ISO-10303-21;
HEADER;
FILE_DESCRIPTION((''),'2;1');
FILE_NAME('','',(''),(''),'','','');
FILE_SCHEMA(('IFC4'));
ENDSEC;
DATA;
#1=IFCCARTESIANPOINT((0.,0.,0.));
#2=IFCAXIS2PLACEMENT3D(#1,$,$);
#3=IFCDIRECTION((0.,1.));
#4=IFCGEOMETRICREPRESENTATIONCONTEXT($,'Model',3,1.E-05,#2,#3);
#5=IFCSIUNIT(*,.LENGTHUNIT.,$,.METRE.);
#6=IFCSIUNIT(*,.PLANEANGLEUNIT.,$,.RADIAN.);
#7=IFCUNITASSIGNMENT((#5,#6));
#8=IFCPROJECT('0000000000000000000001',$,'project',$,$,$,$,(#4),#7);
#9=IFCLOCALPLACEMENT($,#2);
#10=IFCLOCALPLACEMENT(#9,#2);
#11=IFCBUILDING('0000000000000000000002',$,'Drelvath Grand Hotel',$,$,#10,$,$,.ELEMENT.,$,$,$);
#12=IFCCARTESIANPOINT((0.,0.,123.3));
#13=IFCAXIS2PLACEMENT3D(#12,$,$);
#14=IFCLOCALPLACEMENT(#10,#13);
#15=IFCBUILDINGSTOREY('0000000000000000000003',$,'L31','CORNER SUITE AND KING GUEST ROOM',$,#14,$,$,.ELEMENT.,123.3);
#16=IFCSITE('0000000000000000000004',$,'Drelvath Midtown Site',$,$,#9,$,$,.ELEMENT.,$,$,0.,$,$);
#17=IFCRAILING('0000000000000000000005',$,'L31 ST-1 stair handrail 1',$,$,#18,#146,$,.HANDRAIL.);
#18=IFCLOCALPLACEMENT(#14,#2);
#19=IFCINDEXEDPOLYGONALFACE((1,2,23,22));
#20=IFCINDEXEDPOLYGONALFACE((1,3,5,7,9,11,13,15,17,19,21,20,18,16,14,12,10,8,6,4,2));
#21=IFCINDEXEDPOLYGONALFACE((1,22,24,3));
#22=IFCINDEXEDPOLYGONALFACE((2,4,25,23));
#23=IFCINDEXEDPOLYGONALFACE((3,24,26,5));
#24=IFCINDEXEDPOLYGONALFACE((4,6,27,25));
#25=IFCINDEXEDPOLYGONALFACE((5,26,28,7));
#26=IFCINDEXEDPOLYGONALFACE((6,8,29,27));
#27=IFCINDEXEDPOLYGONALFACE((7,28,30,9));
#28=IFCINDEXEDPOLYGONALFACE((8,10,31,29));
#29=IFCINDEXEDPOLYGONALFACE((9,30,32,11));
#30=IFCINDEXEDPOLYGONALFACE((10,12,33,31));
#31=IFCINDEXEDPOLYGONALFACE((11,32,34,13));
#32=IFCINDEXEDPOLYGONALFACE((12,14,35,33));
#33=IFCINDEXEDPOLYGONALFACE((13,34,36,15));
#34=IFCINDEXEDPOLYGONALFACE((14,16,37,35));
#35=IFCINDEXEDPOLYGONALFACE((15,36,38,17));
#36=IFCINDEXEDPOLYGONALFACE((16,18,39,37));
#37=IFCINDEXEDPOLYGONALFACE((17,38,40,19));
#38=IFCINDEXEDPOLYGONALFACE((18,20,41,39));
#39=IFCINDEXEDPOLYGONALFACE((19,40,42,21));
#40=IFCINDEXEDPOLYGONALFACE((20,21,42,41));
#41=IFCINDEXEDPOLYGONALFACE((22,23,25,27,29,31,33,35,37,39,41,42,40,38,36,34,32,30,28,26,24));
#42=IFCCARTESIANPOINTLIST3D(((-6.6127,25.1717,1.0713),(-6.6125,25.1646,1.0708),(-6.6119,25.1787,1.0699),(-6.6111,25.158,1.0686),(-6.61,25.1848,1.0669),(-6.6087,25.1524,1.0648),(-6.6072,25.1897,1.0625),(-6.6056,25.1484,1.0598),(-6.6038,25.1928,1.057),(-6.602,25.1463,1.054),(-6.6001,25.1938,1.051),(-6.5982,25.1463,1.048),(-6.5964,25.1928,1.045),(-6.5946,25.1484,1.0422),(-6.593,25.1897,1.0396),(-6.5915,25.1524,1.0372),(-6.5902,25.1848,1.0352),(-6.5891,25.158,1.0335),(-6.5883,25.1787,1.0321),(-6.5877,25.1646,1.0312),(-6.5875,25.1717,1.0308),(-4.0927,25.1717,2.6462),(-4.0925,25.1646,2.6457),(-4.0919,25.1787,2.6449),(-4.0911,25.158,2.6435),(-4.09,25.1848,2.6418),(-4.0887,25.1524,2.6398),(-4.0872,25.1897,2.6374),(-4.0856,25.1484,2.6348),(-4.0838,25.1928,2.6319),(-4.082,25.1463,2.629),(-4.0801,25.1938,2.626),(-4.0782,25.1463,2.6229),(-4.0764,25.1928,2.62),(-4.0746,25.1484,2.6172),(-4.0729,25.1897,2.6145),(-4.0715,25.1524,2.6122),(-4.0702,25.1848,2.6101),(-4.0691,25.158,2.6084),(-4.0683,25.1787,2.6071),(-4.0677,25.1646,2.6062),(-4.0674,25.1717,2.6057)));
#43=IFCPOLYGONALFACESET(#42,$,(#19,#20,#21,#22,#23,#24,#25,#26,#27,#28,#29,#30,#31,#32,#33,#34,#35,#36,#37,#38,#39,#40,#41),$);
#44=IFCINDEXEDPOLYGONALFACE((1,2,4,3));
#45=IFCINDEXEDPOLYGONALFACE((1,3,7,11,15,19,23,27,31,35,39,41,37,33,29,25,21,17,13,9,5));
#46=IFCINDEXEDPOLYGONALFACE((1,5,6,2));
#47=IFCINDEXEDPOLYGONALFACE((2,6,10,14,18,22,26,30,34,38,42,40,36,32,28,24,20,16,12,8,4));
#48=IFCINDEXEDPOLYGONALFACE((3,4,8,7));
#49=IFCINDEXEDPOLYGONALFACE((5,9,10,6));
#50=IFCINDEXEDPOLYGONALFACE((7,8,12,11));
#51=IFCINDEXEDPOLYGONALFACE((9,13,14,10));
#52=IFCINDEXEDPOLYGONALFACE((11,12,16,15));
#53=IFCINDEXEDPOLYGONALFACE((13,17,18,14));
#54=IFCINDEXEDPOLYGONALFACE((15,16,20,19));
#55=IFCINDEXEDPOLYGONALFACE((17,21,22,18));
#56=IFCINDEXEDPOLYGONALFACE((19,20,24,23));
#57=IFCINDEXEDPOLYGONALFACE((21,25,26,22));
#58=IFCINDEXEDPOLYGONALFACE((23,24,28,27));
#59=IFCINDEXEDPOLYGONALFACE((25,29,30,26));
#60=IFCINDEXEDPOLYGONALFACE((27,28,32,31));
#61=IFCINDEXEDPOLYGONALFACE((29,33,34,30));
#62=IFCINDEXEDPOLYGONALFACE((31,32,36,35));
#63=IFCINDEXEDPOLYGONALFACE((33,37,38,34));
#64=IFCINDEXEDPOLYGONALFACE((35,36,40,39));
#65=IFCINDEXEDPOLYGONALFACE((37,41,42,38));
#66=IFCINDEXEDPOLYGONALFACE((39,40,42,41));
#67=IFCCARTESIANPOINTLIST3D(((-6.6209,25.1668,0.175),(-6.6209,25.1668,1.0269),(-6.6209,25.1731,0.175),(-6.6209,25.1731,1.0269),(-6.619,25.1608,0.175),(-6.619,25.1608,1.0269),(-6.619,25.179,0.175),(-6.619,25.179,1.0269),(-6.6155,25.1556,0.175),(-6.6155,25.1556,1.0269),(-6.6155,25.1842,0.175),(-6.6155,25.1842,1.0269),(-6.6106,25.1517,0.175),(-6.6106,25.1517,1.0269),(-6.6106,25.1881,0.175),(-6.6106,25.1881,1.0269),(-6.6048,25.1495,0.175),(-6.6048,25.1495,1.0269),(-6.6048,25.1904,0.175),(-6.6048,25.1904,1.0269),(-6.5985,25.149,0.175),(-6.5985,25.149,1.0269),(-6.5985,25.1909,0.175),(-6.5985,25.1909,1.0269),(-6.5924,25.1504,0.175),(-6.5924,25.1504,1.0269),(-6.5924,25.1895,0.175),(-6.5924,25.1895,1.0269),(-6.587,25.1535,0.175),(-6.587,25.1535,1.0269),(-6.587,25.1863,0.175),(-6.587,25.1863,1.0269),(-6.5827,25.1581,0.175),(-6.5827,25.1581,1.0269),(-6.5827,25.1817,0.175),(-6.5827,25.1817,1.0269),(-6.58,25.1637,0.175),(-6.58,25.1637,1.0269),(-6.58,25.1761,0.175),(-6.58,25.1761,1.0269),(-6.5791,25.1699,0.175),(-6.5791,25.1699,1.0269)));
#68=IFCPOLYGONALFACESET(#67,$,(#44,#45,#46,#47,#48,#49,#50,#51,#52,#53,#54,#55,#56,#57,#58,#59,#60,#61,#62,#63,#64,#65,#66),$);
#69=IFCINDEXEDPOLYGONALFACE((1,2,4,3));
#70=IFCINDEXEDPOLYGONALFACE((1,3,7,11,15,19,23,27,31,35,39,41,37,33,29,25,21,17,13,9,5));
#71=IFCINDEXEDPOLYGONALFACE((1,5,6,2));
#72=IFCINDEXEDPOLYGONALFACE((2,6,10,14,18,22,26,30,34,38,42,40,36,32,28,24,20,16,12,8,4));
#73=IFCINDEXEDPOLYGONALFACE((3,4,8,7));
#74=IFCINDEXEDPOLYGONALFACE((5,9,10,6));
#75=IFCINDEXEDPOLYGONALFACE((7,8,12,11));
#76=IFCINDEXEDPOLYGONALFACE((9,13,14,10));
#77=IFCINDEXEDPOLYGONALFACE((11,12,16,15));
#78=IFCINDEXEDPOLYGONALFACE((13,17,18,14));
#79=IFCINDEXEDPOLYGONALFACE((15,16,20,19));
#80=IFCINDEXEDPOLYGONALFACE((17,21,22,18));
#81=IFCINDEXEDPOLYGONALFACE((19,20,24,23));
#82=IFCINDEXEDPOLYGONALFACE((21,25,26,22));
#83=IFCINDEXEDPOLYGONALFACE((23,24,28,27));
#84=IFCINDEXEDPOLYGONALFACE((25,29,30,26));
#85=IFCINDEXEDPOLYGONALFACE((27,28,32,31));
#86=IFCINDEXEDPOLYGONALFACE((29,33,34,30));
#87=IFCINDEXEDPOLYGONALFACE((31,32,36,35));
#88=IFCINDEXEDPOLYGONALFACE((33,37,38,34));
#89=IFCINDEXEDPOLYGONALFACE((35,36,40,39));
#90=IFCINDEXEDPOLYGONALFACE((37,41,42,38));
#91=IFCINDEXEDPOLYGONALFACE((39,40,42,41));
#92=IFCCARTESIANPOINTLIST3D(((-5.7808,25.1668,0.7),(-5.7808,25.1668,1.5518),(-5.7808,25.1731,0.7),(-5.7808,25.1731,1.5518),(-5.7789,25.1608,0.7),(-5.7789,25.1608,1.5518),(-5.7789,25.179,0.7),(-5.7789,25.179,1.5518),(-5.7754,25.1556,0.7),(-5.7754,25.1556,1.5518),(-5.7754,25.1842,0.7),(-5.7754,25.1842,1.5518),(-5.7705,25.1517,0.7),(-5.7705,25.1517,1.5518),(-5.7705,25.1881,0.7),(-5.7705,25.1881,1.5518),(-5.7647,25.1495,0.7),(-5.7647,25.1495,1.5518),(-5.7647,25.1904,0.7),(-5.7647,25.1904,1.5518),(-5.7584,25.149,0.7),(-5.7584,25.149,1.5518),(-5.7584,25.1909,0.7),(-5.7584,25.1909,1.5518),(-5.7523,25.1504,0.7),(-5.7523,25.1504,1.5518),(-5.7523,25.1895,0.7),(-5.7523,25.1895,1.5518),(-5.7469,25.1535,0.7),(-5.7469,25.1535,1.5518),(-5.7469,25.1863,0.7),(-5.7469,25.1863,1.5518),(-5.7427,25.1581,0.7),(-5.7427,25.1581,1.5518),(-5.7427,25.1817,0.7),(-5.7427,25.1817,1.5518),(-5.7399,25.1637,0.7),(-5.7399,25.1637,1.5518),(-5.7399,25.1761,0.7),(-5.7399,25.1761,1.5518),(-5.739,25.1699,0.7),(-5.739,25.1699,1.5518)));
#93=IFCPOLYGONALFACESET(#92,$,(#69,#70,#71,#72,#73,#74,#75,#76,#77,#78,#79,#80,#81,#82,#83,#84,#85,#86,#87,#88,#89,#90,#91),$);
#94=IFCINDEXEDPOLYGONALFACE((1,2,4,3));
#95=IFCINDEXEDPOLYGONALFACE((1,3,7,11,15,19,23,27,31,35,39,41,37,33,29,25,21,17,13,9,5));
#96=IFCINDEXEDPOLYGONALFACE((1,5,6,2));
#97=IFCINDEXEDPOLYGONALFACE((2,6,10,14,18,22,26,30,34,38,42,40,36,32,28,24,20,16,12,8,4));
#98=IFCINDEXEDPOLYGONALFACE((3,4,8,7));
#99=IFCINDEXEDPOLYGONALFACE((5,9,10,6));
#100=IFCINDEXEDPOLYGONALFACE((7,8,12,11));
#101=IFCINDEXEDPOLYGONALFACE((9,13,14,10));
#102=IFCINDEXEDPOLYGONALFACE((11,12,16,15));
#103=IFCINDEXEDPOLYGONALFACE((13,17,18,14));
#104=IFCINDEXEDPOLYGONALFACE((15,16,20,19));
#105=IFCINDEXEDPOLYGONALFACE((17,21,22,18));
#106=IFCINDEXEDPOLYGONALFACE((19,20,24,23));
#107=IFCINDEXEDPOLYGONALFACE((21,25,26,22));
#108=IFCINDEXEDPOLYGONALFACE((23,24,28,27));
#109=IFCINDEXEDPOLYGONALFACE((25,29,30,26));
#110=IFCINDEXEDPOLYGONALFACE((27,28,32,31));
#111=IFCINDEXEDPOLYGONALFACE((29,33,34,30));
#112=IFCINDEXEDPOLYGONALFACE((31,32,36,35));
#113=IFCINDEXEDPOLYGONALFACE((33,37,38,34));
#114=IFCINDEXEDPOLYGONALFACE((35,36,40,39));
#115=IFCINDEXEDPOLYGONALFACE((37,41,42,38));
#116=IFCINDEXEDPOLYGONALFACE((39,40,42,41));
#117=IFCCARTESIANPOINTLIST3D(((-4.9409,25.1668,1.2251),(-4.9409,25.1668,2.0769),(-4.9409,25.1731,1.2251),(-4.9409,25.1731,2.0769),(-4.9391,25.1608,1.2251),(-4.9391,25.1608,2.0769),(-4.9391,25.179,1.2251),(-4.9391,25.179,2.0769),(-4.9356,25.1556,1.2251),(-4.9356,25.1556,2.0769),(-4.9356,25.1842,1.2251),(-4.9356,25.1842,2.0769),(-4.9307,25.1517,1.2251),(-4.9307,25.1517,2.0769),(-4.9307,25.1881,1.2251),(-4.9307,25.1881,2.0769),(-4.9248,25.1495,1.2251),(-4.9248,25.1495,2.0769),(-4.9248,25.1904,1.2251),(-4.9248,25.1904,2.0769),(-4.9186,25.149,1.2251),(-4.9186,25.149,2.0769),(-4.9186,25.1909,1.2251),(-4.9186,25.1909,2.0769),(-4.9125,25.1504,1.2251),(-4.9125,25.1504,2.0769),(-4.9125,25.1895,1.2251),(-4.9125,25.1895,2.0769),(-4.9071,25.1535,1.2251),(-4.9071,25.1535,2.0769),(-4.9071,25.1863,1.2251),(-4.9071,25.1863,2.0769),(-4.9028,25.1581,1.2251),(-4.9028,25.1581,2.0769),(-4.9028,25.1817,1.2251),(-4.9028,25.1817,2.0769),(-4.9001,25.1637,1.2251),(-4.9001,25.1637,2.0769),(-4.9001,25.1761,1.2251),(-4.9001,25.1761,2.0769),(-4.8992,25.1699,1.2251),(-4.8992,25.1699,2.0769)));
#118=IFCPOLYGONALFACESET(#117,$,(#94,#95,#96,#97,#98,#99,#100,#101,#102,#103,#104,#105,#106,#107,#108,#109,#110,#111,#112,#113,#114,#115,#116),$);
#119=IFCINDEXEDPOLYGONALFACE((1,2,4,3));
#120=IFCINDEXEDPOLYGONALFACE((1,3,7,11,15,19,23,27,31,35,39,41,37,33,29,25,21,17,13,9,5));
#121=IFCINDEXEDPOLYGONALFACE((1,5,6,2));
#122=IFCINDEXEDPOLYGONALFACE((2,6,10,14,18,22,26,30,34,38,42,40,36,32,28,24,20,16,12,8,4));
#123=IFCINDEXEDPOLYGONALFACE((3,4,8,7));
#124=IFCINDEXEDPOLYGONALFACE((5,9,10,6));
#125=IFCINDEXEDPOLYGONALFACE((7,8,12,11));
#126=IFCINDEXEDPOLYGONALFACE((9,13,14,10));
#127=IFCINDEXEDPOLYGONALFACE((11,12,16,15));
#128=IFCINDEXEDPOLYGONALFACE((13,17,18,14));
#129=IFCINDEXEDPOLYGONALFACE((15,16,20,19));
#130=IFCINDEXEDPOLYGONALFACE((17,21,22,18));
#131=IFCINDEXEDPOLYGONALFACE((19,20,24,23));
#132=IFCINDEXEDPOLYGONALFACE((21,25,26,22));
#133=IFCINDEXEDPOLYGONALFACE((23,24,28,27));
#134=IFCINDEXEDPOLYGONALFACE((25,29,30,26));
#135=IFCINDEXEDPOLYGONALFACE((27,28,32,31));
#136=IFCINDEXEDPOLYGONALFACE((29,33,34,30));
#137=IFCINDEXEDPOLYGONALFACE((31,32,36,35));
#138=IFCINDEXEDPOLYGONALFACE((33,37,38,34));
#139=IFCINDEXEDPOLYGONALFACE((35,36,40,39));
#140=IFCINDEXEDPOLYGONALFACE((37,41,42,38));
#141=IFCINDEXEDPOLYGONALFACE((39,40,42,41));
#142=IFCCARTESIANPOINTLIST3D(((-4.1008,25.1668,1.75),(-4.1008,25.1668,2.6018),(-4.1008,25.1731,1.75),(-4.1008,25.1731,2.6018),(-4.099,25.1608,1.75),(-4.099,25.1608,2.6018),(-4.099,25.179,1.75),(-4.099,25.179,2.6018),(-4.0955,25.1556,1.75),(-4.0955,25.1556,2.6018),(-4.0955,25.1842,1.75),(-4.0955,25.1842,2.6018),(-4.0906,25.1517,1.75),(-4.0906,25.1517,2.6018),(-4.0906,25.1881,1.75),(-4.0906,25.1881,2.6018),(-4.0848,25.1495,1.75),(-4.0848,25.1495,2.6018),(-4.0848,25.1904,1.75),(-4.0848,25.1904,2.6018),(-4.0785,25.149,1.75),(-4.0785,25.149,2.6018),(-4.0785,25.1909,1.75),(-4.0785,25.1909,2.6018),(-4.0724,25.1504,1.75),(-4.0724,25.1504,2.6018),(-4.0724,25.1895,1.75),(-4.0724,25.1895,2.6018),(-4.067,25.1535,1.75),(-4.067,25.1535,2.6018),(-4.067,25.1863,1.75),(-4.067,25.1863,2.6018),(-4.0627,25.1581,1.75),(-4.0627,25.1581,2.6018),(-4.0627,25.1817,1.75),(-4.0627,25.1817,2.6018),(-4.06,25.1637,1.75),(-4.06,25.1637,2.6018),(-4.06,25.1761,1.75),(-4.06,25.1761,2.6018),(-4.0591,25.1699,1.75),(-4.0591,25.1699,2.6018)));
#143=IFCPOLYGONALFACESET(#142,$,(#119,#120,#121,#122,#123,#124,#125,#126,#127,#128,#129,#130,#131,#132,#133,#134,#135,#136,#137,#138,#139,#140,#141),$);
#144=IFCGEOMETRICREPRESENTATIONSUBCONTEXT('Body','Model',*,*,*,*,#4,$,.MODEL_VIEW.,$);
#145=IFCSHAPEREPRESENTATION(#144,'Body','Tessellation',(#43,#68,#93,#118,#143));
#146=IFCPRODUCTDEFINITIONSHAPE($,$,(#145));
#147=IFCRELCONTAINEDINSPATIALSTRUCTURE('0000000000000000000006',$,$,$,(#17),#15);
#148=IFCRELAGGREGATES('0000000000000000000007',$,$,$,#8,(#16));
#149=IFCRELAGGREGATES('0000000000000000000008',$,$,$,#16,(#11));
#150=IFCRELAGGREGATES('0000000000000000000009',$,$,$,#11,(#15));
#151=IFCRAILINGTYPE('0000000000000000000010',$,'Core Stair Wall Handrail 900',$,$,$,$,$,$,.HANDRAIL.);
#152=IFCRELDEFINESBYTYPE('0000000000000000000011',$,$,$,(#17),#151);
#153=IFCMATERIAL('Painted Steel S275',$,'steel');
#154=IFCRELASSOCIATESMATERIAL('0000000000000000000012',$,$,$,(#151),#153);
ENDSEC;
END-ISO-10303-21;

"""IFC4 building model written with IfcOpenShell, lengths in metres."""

from ifc_helpers import new_model, si_unit, direction, frame, origin, origin_2d, place, context, subcontext, project, spatial, circle, extrude, material, type_object, element, save


model = new_model("IFC4")

# Units and contexts
model_context = context("Model", 3, precision=1e-05, world=origin(), true_north=direction((0.0, 1.0)))
body_context = subcontext(model_context, "Body", "Model", "MODEL_VIEW")
ifc_project = project(units=[si_unit("LENGTHUNIT", "METRE"), si_unit("PLANEANGLEUNIT", "RADIAN")], contexts=[model_context])

# Site, building, storey
site_placement = place(None, origin())
site = spatial("IfcSite", under=ifc_project, at=site_placement, Name="Drelvath Midtown Site", CompositionType="ELEMENT", RefElevation=0.0)
building_placement = place(site_placement, origin())
building = spatial("IfcBuilding", under=site, at=building_placement, Name="Drelvath Grand Hotel", CompositionType="ELEMENT")
storey_placement = place(building_placement, frame((0.0, 0.0, 123.3)))
storey = spatial("IfcBuildingStorey", under=building, at=storey_placement, Name="L31", Description="CORNER SUITE AND KING GUEST ROOM", CompositionType="ELEMENT", Elevation=123.3)

# Shared definitions
ifc_material_1 = material(Name="Painted Steel S275", Category="steel")

# Railing
railing_type_1 = type_object("IfcRailingType", Name="Core Stair Wall Handrail 900", PredefinedType="HANDRAIL", material=ifc_material_1)
railing_1_placement = place(storey_placement, frame((-6.6001, 25.1699, 0.175)))
element("IfcRailing", 1, at=railing_1_placement, inside=storey, type_object=railing_type_1, Name="L31 ST-1 stair handrail 1", PredefinedType="HANDRAIL", context=body_context, shape_type="SweptSolid", body=[
    extrude(circle(Radius=0.0239, at=origin_2d()), frame((0.0, 0.0, 0.876), z_axis=(0.848008, 0.0, 0.529984), x_axis=(0.0, 1.0, 0.0)), (0.0, 0.0, 1.0), 2.9717),
    extrude(circle(Radius=0.021, at=origin_2d()), origin(), (0.0, 0.0, 1.0), 0.8518),
    extrude(circle(Radius=0.021, at=origin_2d()), frame((0.8401, 0.0, 0.5249)), (0.0, 0.0, 1.0), 0.8518),
    extrude(circle(Radius=0.021, at=origin_2d()), frame((1.6799, 0.0, 1.05)), (0.0, 0.0, 1.0), 0.8518),
    extrude(circle(Radius=0.021, at=origin_2d()), frame((2.52, 0.0, 1.575)), (0.0, 0.0, 1.0), 0.8518),
])

save(model, "model.ifc")
